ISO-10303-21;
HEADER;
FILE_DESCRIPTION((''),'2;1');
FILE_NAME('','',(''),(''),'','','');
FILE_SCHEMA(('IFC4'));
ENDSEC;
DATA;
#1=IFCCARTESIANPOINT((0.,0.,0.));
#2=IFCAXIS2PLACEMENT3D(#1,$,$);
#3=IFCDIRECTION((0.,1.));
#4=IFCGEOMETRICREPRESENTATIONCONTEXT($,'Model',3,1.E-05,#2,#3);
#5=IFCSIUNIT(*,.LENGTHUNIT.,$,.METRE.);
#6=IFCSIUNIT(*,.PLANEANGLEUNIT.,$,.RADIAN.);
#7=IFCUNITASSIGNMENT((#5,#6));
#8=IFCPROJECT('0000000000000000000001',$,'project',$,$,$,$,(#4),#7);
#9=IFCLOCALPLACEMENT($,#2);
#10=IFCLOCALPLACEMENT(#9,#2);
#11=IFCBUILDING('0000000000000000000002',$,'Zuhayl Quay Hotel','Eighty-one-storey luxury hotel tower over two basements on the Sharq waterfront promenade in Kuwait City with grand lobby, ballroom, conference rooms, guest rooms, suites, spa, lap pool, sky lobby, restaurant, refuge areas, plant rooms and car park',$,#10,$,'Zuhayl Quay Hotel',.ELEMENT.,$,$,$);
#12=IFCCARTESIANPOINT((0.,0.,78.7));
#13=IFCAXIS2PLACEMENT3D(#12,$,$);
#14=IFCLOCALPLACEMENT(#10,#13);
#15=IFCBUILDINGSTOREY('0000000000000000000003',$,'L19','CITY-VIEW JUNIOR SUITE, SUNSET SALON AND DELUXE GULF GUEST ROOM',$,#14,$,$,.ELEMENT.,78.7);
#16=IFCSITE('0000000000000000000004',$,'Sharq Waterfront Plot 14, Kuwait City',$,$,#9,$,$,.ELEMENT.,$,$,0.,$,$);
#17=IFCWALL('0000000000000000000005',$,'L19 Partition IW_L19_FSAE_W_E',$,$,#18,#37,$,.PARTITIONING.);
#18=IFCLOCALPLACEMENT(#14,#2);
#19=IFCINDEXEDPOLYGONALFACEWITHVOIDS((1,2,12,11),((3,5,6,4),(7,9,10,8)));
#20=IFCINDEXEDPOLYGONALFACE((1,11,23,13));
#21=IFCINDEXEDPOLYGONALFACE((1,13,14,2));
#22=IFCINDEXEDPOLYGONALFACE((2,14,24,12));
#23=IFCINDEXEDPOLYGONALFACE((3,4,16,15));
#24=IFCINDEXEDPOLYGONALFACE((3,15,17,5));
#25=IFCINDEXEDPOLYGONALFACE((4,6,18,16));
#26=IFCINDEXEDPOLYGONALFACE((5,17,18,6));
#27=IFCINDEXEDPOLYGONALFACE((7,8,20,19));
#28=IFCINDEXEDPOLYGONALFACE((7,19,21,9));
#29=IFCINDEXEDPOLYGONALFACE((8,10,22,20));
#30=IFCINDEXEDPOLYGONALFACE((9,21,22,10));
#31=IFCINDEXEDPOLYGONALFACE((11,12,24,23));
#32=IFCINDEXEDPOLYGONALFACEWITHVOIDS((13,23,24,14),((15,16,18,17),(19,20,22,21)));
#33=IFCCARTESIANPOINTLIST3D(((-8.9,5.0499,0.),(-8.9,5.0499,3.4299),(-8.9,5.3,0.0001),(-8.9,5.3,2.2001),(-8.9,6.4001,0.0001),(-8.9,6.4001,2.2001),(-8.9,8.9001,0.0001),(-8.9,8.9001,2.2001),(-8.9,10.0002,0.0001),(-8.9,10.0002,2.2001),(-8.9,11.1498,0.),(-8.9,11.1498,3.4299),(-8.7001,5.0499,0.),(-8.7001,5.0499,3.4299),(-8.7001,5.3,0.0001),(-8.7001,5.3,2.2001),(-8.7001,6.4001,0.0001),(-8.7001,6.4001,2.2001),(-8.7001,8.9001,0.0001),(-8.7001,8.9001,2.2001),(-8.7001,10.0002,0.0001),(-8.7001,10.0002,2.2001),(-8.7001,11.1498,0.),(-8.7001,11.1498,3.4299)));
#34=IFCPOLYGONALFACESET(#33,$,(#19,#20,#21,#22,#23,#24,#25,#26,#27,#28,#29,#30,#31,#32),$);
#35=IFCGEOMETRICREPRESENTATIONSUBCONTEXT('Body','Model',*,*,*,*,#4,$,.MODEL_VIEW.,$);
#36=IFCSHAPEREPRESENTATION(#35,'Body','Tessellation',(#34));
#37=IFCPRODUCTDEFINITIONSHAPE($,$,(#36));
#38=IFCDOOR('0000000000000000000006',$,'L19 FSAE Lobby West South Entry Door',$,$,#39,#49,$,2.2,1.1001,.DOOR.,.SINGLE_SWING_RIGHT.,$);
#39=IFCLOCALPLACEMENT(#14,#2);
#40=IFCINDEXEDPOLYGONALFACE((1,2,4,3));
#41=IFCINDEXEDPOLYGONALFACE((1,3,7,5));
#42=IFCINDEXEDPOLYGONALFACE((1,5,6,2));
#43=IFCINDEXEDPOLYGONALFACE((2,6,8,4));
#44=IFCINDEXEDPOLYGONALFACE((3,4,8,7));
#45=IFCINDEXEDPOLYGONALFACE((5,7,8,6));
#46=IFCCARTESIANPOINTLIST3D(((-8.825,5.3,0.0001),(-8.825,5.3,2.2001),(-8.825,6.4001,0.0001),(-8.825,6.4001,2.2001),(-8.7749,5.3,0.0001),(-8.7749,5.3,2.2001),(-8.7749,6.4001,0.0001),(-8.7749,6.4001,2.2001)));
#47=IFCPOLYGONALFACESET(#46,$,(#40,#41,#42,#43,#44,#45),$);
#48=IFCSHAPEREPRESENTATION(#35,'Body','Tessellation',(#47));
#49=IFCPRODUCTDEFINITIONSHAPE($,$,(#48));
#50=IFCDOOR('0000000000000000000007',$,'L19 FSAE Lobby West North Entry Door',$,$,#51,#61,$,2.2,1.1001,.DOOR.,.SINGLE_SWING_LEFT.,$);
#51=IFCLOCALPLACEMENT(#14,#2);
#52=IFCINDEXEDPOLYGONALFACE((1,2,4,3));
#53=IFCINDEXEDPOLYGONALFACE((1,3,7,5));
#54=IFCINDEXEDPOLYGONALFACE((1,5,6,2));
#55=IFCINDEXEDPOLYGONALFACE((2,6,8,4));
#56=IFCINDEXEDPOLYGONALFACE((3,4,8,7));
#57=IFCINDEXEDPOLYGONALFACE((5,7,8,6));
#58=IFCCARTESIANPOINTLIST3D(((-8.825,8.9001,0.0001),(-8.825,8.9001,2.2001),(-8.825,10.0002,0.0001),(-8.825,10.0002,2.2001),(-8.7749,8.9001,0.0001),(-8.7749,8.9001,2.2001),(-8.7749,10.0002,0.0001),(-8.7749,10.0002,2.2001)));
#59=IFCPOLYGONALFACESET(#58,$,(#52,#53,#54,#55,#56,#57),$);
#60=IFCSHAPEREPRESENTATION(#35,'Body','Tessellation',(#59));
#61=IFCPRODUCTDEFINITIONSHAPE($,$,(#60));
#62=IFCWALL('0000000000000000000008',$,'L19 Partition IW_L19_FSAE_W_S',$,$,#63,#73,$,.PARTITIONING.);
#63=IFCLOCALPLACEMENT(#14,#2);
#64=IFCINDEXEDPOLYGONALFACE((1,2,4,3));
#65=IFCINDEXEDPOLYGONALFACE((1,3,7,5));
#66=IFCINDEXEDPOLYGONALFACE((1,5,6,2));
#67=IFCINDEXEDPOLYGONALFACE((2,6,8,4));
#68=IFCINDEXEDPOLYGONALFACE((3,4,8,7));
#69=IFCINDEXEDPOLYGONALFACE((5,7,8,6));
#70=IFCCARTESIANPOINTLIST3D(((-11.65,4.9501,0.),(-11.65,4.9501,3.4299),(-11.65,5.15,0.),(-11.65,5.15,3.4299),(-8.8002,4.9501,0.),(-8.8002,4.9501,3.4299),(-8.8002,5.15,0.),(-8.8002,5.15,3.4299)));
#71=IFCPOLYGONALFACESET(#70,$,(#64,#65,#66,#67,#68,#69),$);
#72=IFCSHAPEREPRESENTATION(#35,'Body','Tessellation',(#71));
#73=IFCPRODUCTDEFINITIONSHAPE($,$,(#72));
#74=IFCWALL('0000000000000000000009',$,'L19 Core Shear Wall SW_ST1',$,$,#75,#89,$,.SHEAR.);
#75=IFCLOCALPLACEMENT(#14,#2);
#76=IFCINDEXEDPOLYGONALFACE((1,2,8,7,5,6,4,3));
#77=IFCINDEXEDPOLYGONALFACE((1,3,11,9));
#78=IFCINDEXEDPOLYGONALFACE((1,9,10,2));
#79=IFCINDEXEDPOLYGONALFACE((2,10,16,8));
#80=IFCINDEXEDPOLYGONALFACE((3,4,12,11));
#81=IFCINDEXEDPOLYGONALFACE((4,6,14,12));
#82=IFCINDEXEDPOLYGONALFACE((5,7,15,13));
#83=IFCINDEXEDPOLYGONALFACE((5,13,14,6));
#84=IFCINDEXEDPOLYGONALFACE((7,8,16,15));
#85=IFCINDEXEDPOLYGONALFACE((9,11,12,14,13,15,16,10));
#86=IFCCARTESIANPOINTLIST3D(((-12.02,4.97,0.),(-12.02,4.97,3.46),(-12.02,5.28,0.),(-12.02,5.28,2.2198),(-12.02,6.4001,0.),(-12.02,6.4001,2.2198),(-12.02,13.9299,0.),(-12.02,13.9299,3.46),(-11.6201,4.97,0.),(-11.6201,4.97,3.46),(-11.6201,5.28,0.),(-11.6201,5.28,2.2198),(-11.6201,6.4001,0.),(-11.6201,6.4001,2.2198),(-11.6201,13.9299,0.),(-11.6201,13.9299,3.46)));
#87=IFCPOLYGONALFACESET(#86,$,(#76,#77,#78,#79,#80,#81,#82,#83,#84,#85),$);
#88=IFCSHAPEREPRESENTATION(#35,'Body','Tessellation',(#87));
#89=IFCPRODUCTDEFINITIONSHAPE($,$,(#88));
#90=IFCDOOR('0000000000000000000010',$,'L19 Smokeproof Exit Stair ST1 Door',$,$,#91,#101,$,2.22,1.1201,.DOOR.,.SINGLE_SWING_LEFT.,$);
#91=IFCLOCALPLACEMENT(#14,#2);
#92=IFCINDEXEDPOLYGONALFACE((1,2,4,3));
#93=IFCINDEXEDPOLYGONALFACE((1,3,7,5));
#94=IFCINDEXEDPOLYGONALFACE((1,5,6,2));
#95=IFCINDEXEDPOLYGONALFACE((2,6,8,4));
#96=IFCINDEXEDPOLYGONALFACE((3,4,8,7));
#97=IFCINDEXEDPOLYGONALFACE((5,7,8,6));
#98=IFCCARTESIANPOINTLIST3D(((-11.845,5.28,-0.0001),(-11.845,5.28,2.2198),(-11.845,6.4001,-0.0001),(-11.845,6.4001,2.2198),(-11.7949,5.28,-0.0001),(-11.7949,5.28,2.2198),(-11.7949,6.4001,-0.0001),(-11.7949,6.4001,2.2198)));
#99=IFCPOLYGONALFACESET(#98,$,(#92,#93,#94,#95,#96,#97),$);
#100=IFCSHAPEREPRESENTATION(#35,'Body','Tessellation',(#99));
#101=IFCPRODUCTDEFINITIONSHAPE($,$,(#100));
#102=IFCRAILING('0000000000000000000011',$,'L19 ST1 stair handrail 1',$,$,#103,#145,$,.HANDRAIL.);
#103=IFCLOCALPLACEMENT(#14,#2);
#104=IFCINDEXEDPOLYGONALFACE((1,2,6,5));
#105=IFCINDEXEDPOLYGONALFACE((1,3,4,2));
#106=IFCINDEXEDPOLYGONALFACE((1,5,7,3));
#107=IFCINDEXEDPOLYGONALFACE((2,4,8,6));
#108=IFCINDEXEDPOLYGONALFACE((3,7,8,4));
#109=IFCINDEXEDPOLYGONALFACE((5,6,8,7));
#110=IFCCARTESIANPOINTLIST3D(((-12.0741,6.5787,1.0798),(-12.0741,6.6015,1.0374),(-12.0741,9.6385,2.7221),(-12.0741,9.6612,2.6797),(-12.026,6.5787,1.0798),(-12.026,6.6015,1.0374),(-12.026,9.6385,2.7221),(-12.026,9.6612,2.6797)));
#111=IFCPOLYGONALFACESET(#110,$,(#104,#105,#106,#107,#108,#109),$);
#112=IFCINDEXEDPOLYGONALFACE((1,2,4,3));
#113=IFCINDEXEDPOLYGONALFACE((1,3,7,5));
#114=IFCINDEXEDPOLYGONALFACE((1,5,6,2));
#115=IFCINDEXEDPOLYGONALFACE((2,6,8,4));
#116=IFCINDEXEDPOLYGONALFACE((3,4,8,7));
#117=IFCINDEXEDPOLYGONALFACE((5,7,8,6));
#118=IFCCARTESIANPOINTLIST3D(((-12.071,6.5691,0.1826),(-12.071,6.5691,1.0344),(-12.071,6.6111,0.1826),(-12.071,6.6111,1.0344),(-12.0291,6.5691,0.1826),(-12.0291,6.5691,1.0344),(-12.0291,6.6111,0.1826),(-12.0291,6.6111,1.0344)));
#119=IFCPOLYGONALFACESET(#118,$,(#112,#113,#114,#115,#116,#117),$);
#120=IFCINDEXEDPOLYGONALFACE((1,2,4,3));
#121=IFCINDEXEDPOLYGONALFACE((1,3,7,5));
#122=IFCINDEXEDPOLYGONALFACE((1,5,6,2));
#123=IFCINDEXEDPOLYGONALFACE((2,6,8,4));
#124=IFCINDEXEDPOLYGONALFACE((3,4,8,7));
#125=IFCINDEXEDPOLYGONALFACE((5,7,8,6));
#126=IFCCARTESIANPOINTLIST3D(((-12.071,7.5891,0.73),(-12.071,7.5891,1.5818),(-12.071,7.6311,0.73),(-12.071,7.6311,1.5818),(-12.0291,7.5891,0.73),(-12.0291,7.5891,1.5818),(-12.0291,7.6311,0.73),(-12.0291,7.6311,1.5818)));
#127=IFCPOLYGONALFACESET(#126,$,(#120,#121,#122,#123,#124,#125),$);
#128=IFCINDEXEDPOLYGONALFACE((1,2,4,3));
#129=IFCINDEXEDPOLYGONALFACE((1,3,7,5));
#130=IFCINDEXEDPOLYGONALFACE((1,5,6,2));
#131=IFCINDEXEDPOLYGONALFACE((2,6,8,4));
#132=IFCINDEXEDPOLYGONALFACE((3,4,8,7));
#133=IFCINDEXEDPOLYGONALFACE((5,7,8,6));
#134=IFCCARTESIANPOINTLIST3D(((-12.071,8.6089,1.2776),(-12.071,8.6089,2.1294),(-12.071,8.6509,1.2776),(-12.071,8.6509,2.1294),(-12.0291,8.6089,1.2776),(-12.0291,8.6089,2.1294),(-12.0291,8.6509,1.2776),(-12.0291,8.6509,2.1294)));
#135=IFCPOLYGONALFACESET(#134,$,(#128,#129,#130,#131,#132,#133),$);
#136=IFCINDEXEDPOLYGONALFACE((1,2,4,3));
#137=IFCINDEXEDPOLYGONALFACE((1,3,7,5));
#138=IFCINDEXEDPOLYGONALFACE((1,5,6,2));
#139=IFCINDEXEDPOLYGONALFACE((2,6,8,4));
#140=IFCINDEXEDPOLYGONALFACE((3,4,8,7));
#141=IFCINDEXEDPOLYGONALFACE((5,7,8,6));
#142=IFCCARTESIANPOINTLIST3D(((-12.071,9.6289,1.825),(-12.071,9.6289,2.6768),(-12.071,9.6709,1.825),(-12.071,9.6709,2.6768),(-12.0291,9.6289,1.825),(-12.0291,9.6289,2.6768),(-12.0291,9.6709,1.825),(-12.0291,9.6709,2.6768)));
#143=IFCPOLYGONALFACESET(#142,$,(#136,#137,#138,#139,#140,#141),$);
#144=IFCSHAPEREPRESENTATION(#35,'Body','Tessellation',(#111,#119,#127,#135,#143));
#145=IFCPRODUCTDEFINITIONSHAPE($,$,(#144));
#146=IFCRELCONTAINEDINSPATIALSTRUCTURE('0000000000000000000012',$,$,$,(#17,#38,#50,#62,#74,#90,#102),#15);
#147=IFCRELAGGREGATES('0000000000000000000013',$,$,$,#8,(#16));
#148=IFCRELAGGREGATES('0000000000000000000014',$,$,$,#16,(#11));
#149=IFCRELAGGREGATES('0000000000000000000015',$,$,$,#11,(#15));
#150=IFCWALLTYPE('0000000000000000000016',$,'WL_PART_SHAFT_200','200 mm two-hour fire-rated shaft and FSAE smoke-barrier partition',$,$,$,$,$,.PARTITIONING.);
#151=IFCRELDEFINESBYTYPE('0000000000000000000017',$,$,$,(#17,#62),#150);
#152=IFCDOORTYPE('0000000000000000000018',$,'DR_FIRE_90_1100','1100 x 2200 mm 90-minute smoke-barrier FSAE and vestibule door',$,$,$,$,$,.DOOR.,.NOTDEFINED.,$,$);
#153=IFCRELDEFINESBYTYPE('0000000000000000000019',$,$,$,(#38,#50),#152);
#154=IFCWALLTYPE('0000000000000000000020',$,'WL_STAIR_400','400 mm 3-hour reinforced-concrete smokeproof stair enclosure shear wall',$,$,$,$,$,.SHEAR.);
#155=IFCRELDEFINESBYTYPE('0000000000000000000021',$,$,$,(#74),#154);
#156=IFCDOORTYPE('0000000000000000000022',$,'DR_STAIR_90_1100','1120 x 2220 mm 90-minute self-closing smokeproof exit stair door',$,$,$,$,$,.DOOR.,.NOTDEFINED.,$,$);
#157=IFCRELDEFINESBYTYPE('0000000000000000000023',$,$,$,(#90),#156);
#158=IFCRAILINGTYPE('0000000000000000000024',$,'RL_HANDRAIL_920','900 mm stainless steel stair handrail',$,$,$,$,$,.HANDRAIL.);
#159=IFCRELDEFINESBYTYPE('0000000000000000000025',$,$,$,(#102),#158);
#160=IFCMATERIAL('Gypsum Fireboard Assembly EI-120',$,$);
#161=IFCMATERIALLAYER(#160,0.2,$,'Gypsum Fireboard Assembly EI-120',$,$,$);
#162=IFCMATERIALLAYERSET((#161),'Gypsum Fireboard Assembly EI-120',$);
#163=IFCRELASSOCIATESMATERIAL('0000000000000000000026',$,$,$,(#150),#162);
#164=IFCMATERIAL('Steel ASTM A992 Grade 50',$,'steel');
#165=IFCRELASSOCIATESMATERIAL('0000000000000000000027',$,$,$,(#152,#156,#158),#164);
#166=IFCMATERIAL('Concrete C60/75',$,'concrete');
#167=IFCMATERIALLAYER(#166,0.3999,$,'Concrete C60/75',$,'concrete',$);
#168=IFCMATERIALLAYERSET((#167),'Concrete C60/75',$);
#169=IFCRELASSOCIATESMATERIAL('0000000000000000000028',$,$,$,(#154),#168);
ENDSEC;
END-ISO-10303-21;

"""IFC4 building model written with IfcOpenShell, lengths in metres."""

from ifc_helpers import new_model, si_unit, direction, frame, frame_2d, origin, origin_2d, place, context, subcontext, project, spatial, rectangle, extrude, material, layer, layer_set, type_object, element, fill, save


model = new_model("IFC4")

# Units and contexts
model_context = context("Model", 3, precision=1e-05, world=origin(), true_north=direction((0.0, 1.0)))
body_context = subcontext(model_context, "Body", "Model", "MODEL_VIEW")
ifc_project = project(units=[si_unit("LENGTHUNIT", "METRE"), si_unit("PLANEANGLEUNIT", "RADIAN")], contexts=[model_context])

# Site, building, storey
site_placement = place(None, origin())
site = spatial("IfcSite", under=ifc_project, at=site_placement, Name="Sharq Waterfront Plot 14, Kuwait City", CompositionType="ELEMENT", RefElevation=0.0)
building_placement = place(site_placement, origin())
building = spatial("IfcBuilding", under=site, at=building_placement, Name="Zuhayl Quay Hotel", Description="Eighty-one-storey luxury hotel tower over two basements on the Sharq waterfront promenade in Kuwait City with grand lobby, ballroom, conference rooms, guest rooms, suites, spa, lap pool, sky lobby, restaurant, refuge areas, plant rooms and car park", LongName="Zuhayl Quay Hotel", CompositionType="ELEMENT")
storey_placement = place(building_placement, frame((0.0, 0.0, 78.7)))
storey = spatial("IfcBuildingStorey", under=building, at=storey_placement, Name="L19", Description="CITY-VIEW JUNIOR SUITE, SUNSET SALON AND DELUXE GULF GUEST ROOM", CompositionType="ELEMENT", Elevation=78.7)

# Shared definitions
ifc_material_1 = material(Name="Steel ASTM A992 Grade 50", Category="steel")

# Wall, openings, doors
ifc_material_2 = material(Name="Gypsum Fireboard Assembly EI-120")
ifc_layer_1 = layer(ifc_material_2, 0.2, Name="Gypsum Fireboard Assembly EI-120")
ifc_layer_set_1 = layer_set([ifc_layer_1], Name="Gypsum Fireboard Assembly EI-120")
wall_type_1 = type_object("IfcWallType", Name="WL_PART_SHAFT_200", Description="200 mm two-hour fire-rated shaft and FSAE smoke-barrier partition", PredefinedType="PARTITIONING", material=ifc_layer_set_1)
wall_1_placement = place(storey_placement, frame((-8.8, 5.05, 0.0), z_axis=(0.0, 0.0, 1.0), x_axis=(0.0, 1.0, 0.0)))
wall_1 = element("IfcWall", 1, at=wall_1_placement, inside=storey, type_object=wall_type_1, Name="L19 Partition IW_L19_FSAE_W_E", PredefinedType="PARTITIONING", context=body_context, shape_type="SweptSolid", body=[
    extrude(rectangle(XDim=6.0999, YDim=0.2, at=frame_2d((3.0498, 0.0))), origin(), (0.0, 0.0, 1.0), 3.4299),
])
opening_1_placement = place(wall_1_placement, frame((0.25, 0.0, 0.0)))
opening_1 = element("IfcOpeningElement", 2, at=opening_1_placement, cuts=wall_1, PredefinedType="OPENING", context=body_context, shape_type="SweptSolid", body=[
    extrude(rectangle(XDim=1.1001, YDim=2.2, at=frame_2d((0.55, 1.1001))), frame((0.0, 0.1099, 0.0), z_axis=(0.0, -1.0, 0.0), x_axis=(1.0, 0.0, 0.0)), (0.0, 0.0, 1.0), 0.22),
])
opening_2_placement = place(wall_1_placement, frame((3.8501, 0.0, 0.0)))
opening_2 = element("IfcOpeningElement", 3, at=opening_2_placement, cuts=wall_1, PredefinedType="OPENING", context=body_context, shape_type="SweptSolid", body=[
    extrude(rectangle(XDim=1.1001, YDim=2.2, at=frame_2d((0.55, 1.1001))), frame((0.0, 0.1099, 0.0), z_axis=(0.0, -1.0, 0.0), x_axis=(1.0, 0.0, 0.0)), (0.0, 0.0, 1.0), 0.22),
])
door_type_1 = type_object("IfcDoorType", Name="DR_FIRE_90_1100", Description="1100 x 2200 mm 90-minute smoke-barrier FSAE and vestibule door", OperationType="NOTDEFINED", PredefinedType="DOOR", material=ifc_material_1)
door_1_placement = place(opening_1_placement, origin())
door_1 = element("IfcDoor", 4, at=door_1_placement, inside=storey, type_object=door_type_1, Name="L19 FSAE Lobby West South Entry Door", OperationType="SINGLE_SWING_RIGHT", OverallHeight=2.2, OverallWidth=1.1001, PredefinedType="DOOR", context=body_context, shape_type="SweptSolid", body=[
    extrude(rectangle(XDim=1.1001, YDim=2.2, at=frame_2d((0.55, 1.1001))), frame((0.0, 0.0249, 0.0), z_axis=(0.0, -1.0, 0.0), x_axis=(1.0, 0.0, 0.0)), (0.0, 0.0, 1.0), 0.05),
])
fill(opening_1, door_1)
door_2_placement = place(opening_2_placement, origin())
door_2 = element("IfcDoor", 5, at=door_2_placement, inside=storey, type_object=door_type_1, Name="L19 FSAE Lobby West North Entry Door", OperationType="SINGLE_SWING_LEFT", OverallHeight=2.2, OverallWidth=1.1001, PredefinedType="DOOR", context=body_context, shape_type="SweptSolid", body=[
    extrude(rectangle(XDim=1.1001, YDim=2.2, at=frame_2d((0.55, 1.1001))), frame((0.0, 0.0249, 0.0), z_axis=(0.0, -1.0, 0.0), x_axis=(1.0, 0.0, 0.0)), (0.0, 0.0, 1.0), 0.05),
])
fill(opening_2, door_2)

# Wall
wall_2_placement = place(storey_placement, frame((-11.6499, 5.05, 0.0), z_axis=(0.0, 0.0, 1.0), x_axis=(1.0, 0.0, 0.0)))
element("IfcWall", 6, at=wall_2_placement, inside=storey, type_object=wall_type_1, Name="L19 Partition IW_L19_FSAE_W_S", PredefinedType="PARTITIONING", context=body_context, shape_type="SweptSolid", body=[
    extrude(rectangle(XDim=2.8499, YDim=0.2, at=frame_2d((1.4248, 0.0))), origin(), (0.0, 0.0, 1.0), 3.4299),
])

# Wall, opening, door
ifc_material_3 = material(Name="Concrete C60/75", Category="concrete")
ifc_layer_2 = layer(ifc_material_3, 0.3999, Name="Concrete C60/75", Category="concrete")
ifc_layer_set_2 = layer_set([ifc_layer_2], Name="Concrete C60/75")
wall_type_2 = type_object("IfcWallType", Name="WL_STAIR_400", Description="400 mm 3-hour reinforced-concrete smokeproof stair enclosure shear wall", PredefinedType="SHEAR", material=ifc_layer_set_2)
wall_3_placement = place(storey_placement, frame((-11.8201, 4.97, 0.0), z_axis=(0.0, 0.0, 1.0), x_axis=(0.0, 1.0, 0.0)))
wall_3 = element("IfcWall", 7, at=wall_3_placement, inside=storey, type_object=wall_type_2, Name="L19 Core Shear Wall SW_ST1", PredefinedType="SHEAR", context=body_context, shape_type="SweptSolid", body=[
    extrude(rectangle(XDim=8.96, YDim=0.3999, at=frame_2d((4.48, 0.0))), origin(), (0.0, 0.0, 1.0), 3.46),
])
opening_3_placement = place(wall_3_placement, frame((0.3101, 0.0, 0.0)))
opening_3 = element("IfcOpeningElement", 8, at=opening_3_placement, cuts=wall_3, PredefinedType="OPENING", context=body_context, shape_type="SweptSolid", body=[
    extrude(rectangle(XDim=1.1201, YDim=2.22, at=frame_2d((0.5601, 1.1099))), frame((0.0, 0.21, 0.0), z_axis=(0.0, -1.0, 0.0), x_axis=(1.0, 0.0, 0.0)), (0.0, 0.0, 1.0), 0.4199),
])
door_type_2 = type_object("IfcDoorType", Name="DR_STAIR_90_1100", Description="1120 x 2220 mm 90-minute self-closing smokeproof exit stair door", OperationType="NOTDEFINED", PredefinedType="DOOR", material=ifc_material_1)
door_3_placement = place(opening_3_placement, origin())
door_3 = element("IfcDoor", 9, at=door_3_placement, inside=storey, type_object=door_type_2, Name="L19 Smokeproof Exit Stair ST1 Door", OperationType="SINGLE_SWING_LEFT", OverallHeight=2.22, OverallWidth=1.1201, PredefinedType="DOOR", context=body_context, shape_type="SweptSolid", body=[
    extrude(rectangle(XDim=1.1201, YDim=2.22, at=frame_2d((0.5601, 1.1099))), frame((0.0, 0.0249, 0.0), z_axis=(0.0, -1.0, 0.0), x_axis=(1.0, 0.0, 0.0)), (0.0, 0.0, 1.0), 0.05),
])
fill(opening_3, door_3)

# Railing
railing_type = type_object("IfcRailingType", Name="RL_HANDRAIL_920", Description="900 mm stainless steel stair handrail", PredefinedType="HANDRAIL", material=ifc_material_1)
railing_placement = place(storey_placement, frame((-12.05, 6.5901, 0.1826)))
element("IfcRailing", 10, at=railing_placement, inside=storey, type_object=railing_type, Name="L19 ST1 stair handrail 1", PredefinedType="HANDRAIL", context=body_context, shape_type="SweptSolid", body=[
    extrude(rectangle(XDim=0.0481, YDim=0.0481, at=origin_2d()), frame((0.0, 0.0, 0.876), z_axis=(0.0, 0.881102, 0.472926), x_axis=(-1.0, 0.0, 0.0)), (0.0, 0.0, 1.0), 3.4727),
    extrude(rectangle(XDim=0.042, YDim=0.042, at=origin_2d()), origin(), (0.0, 0.0, 1.0), 0.8518),
    extrude(rectangle(XDim=0.042, YDim=0.042, at=origin_2d()), frame((0.0, 1.02, 0.5474)), (0.0, 0.0, 1.0), 0.8518),
    extrude(rectangle(XDim=0.042, YDim=0.042, at=origin_2d()), frame((0.0, 2.0398, 1.095)), (0.0, 0.0, 1.0), 0.8518),
    extrude(rectangle(XDim=0.042, YDim=0.042, at=origin_2d()), frame((0.0, 3.0598, 1.6423)), (0.0, 0.0, 1.0), 0.8518),
])

save(model, "model.ifc")
